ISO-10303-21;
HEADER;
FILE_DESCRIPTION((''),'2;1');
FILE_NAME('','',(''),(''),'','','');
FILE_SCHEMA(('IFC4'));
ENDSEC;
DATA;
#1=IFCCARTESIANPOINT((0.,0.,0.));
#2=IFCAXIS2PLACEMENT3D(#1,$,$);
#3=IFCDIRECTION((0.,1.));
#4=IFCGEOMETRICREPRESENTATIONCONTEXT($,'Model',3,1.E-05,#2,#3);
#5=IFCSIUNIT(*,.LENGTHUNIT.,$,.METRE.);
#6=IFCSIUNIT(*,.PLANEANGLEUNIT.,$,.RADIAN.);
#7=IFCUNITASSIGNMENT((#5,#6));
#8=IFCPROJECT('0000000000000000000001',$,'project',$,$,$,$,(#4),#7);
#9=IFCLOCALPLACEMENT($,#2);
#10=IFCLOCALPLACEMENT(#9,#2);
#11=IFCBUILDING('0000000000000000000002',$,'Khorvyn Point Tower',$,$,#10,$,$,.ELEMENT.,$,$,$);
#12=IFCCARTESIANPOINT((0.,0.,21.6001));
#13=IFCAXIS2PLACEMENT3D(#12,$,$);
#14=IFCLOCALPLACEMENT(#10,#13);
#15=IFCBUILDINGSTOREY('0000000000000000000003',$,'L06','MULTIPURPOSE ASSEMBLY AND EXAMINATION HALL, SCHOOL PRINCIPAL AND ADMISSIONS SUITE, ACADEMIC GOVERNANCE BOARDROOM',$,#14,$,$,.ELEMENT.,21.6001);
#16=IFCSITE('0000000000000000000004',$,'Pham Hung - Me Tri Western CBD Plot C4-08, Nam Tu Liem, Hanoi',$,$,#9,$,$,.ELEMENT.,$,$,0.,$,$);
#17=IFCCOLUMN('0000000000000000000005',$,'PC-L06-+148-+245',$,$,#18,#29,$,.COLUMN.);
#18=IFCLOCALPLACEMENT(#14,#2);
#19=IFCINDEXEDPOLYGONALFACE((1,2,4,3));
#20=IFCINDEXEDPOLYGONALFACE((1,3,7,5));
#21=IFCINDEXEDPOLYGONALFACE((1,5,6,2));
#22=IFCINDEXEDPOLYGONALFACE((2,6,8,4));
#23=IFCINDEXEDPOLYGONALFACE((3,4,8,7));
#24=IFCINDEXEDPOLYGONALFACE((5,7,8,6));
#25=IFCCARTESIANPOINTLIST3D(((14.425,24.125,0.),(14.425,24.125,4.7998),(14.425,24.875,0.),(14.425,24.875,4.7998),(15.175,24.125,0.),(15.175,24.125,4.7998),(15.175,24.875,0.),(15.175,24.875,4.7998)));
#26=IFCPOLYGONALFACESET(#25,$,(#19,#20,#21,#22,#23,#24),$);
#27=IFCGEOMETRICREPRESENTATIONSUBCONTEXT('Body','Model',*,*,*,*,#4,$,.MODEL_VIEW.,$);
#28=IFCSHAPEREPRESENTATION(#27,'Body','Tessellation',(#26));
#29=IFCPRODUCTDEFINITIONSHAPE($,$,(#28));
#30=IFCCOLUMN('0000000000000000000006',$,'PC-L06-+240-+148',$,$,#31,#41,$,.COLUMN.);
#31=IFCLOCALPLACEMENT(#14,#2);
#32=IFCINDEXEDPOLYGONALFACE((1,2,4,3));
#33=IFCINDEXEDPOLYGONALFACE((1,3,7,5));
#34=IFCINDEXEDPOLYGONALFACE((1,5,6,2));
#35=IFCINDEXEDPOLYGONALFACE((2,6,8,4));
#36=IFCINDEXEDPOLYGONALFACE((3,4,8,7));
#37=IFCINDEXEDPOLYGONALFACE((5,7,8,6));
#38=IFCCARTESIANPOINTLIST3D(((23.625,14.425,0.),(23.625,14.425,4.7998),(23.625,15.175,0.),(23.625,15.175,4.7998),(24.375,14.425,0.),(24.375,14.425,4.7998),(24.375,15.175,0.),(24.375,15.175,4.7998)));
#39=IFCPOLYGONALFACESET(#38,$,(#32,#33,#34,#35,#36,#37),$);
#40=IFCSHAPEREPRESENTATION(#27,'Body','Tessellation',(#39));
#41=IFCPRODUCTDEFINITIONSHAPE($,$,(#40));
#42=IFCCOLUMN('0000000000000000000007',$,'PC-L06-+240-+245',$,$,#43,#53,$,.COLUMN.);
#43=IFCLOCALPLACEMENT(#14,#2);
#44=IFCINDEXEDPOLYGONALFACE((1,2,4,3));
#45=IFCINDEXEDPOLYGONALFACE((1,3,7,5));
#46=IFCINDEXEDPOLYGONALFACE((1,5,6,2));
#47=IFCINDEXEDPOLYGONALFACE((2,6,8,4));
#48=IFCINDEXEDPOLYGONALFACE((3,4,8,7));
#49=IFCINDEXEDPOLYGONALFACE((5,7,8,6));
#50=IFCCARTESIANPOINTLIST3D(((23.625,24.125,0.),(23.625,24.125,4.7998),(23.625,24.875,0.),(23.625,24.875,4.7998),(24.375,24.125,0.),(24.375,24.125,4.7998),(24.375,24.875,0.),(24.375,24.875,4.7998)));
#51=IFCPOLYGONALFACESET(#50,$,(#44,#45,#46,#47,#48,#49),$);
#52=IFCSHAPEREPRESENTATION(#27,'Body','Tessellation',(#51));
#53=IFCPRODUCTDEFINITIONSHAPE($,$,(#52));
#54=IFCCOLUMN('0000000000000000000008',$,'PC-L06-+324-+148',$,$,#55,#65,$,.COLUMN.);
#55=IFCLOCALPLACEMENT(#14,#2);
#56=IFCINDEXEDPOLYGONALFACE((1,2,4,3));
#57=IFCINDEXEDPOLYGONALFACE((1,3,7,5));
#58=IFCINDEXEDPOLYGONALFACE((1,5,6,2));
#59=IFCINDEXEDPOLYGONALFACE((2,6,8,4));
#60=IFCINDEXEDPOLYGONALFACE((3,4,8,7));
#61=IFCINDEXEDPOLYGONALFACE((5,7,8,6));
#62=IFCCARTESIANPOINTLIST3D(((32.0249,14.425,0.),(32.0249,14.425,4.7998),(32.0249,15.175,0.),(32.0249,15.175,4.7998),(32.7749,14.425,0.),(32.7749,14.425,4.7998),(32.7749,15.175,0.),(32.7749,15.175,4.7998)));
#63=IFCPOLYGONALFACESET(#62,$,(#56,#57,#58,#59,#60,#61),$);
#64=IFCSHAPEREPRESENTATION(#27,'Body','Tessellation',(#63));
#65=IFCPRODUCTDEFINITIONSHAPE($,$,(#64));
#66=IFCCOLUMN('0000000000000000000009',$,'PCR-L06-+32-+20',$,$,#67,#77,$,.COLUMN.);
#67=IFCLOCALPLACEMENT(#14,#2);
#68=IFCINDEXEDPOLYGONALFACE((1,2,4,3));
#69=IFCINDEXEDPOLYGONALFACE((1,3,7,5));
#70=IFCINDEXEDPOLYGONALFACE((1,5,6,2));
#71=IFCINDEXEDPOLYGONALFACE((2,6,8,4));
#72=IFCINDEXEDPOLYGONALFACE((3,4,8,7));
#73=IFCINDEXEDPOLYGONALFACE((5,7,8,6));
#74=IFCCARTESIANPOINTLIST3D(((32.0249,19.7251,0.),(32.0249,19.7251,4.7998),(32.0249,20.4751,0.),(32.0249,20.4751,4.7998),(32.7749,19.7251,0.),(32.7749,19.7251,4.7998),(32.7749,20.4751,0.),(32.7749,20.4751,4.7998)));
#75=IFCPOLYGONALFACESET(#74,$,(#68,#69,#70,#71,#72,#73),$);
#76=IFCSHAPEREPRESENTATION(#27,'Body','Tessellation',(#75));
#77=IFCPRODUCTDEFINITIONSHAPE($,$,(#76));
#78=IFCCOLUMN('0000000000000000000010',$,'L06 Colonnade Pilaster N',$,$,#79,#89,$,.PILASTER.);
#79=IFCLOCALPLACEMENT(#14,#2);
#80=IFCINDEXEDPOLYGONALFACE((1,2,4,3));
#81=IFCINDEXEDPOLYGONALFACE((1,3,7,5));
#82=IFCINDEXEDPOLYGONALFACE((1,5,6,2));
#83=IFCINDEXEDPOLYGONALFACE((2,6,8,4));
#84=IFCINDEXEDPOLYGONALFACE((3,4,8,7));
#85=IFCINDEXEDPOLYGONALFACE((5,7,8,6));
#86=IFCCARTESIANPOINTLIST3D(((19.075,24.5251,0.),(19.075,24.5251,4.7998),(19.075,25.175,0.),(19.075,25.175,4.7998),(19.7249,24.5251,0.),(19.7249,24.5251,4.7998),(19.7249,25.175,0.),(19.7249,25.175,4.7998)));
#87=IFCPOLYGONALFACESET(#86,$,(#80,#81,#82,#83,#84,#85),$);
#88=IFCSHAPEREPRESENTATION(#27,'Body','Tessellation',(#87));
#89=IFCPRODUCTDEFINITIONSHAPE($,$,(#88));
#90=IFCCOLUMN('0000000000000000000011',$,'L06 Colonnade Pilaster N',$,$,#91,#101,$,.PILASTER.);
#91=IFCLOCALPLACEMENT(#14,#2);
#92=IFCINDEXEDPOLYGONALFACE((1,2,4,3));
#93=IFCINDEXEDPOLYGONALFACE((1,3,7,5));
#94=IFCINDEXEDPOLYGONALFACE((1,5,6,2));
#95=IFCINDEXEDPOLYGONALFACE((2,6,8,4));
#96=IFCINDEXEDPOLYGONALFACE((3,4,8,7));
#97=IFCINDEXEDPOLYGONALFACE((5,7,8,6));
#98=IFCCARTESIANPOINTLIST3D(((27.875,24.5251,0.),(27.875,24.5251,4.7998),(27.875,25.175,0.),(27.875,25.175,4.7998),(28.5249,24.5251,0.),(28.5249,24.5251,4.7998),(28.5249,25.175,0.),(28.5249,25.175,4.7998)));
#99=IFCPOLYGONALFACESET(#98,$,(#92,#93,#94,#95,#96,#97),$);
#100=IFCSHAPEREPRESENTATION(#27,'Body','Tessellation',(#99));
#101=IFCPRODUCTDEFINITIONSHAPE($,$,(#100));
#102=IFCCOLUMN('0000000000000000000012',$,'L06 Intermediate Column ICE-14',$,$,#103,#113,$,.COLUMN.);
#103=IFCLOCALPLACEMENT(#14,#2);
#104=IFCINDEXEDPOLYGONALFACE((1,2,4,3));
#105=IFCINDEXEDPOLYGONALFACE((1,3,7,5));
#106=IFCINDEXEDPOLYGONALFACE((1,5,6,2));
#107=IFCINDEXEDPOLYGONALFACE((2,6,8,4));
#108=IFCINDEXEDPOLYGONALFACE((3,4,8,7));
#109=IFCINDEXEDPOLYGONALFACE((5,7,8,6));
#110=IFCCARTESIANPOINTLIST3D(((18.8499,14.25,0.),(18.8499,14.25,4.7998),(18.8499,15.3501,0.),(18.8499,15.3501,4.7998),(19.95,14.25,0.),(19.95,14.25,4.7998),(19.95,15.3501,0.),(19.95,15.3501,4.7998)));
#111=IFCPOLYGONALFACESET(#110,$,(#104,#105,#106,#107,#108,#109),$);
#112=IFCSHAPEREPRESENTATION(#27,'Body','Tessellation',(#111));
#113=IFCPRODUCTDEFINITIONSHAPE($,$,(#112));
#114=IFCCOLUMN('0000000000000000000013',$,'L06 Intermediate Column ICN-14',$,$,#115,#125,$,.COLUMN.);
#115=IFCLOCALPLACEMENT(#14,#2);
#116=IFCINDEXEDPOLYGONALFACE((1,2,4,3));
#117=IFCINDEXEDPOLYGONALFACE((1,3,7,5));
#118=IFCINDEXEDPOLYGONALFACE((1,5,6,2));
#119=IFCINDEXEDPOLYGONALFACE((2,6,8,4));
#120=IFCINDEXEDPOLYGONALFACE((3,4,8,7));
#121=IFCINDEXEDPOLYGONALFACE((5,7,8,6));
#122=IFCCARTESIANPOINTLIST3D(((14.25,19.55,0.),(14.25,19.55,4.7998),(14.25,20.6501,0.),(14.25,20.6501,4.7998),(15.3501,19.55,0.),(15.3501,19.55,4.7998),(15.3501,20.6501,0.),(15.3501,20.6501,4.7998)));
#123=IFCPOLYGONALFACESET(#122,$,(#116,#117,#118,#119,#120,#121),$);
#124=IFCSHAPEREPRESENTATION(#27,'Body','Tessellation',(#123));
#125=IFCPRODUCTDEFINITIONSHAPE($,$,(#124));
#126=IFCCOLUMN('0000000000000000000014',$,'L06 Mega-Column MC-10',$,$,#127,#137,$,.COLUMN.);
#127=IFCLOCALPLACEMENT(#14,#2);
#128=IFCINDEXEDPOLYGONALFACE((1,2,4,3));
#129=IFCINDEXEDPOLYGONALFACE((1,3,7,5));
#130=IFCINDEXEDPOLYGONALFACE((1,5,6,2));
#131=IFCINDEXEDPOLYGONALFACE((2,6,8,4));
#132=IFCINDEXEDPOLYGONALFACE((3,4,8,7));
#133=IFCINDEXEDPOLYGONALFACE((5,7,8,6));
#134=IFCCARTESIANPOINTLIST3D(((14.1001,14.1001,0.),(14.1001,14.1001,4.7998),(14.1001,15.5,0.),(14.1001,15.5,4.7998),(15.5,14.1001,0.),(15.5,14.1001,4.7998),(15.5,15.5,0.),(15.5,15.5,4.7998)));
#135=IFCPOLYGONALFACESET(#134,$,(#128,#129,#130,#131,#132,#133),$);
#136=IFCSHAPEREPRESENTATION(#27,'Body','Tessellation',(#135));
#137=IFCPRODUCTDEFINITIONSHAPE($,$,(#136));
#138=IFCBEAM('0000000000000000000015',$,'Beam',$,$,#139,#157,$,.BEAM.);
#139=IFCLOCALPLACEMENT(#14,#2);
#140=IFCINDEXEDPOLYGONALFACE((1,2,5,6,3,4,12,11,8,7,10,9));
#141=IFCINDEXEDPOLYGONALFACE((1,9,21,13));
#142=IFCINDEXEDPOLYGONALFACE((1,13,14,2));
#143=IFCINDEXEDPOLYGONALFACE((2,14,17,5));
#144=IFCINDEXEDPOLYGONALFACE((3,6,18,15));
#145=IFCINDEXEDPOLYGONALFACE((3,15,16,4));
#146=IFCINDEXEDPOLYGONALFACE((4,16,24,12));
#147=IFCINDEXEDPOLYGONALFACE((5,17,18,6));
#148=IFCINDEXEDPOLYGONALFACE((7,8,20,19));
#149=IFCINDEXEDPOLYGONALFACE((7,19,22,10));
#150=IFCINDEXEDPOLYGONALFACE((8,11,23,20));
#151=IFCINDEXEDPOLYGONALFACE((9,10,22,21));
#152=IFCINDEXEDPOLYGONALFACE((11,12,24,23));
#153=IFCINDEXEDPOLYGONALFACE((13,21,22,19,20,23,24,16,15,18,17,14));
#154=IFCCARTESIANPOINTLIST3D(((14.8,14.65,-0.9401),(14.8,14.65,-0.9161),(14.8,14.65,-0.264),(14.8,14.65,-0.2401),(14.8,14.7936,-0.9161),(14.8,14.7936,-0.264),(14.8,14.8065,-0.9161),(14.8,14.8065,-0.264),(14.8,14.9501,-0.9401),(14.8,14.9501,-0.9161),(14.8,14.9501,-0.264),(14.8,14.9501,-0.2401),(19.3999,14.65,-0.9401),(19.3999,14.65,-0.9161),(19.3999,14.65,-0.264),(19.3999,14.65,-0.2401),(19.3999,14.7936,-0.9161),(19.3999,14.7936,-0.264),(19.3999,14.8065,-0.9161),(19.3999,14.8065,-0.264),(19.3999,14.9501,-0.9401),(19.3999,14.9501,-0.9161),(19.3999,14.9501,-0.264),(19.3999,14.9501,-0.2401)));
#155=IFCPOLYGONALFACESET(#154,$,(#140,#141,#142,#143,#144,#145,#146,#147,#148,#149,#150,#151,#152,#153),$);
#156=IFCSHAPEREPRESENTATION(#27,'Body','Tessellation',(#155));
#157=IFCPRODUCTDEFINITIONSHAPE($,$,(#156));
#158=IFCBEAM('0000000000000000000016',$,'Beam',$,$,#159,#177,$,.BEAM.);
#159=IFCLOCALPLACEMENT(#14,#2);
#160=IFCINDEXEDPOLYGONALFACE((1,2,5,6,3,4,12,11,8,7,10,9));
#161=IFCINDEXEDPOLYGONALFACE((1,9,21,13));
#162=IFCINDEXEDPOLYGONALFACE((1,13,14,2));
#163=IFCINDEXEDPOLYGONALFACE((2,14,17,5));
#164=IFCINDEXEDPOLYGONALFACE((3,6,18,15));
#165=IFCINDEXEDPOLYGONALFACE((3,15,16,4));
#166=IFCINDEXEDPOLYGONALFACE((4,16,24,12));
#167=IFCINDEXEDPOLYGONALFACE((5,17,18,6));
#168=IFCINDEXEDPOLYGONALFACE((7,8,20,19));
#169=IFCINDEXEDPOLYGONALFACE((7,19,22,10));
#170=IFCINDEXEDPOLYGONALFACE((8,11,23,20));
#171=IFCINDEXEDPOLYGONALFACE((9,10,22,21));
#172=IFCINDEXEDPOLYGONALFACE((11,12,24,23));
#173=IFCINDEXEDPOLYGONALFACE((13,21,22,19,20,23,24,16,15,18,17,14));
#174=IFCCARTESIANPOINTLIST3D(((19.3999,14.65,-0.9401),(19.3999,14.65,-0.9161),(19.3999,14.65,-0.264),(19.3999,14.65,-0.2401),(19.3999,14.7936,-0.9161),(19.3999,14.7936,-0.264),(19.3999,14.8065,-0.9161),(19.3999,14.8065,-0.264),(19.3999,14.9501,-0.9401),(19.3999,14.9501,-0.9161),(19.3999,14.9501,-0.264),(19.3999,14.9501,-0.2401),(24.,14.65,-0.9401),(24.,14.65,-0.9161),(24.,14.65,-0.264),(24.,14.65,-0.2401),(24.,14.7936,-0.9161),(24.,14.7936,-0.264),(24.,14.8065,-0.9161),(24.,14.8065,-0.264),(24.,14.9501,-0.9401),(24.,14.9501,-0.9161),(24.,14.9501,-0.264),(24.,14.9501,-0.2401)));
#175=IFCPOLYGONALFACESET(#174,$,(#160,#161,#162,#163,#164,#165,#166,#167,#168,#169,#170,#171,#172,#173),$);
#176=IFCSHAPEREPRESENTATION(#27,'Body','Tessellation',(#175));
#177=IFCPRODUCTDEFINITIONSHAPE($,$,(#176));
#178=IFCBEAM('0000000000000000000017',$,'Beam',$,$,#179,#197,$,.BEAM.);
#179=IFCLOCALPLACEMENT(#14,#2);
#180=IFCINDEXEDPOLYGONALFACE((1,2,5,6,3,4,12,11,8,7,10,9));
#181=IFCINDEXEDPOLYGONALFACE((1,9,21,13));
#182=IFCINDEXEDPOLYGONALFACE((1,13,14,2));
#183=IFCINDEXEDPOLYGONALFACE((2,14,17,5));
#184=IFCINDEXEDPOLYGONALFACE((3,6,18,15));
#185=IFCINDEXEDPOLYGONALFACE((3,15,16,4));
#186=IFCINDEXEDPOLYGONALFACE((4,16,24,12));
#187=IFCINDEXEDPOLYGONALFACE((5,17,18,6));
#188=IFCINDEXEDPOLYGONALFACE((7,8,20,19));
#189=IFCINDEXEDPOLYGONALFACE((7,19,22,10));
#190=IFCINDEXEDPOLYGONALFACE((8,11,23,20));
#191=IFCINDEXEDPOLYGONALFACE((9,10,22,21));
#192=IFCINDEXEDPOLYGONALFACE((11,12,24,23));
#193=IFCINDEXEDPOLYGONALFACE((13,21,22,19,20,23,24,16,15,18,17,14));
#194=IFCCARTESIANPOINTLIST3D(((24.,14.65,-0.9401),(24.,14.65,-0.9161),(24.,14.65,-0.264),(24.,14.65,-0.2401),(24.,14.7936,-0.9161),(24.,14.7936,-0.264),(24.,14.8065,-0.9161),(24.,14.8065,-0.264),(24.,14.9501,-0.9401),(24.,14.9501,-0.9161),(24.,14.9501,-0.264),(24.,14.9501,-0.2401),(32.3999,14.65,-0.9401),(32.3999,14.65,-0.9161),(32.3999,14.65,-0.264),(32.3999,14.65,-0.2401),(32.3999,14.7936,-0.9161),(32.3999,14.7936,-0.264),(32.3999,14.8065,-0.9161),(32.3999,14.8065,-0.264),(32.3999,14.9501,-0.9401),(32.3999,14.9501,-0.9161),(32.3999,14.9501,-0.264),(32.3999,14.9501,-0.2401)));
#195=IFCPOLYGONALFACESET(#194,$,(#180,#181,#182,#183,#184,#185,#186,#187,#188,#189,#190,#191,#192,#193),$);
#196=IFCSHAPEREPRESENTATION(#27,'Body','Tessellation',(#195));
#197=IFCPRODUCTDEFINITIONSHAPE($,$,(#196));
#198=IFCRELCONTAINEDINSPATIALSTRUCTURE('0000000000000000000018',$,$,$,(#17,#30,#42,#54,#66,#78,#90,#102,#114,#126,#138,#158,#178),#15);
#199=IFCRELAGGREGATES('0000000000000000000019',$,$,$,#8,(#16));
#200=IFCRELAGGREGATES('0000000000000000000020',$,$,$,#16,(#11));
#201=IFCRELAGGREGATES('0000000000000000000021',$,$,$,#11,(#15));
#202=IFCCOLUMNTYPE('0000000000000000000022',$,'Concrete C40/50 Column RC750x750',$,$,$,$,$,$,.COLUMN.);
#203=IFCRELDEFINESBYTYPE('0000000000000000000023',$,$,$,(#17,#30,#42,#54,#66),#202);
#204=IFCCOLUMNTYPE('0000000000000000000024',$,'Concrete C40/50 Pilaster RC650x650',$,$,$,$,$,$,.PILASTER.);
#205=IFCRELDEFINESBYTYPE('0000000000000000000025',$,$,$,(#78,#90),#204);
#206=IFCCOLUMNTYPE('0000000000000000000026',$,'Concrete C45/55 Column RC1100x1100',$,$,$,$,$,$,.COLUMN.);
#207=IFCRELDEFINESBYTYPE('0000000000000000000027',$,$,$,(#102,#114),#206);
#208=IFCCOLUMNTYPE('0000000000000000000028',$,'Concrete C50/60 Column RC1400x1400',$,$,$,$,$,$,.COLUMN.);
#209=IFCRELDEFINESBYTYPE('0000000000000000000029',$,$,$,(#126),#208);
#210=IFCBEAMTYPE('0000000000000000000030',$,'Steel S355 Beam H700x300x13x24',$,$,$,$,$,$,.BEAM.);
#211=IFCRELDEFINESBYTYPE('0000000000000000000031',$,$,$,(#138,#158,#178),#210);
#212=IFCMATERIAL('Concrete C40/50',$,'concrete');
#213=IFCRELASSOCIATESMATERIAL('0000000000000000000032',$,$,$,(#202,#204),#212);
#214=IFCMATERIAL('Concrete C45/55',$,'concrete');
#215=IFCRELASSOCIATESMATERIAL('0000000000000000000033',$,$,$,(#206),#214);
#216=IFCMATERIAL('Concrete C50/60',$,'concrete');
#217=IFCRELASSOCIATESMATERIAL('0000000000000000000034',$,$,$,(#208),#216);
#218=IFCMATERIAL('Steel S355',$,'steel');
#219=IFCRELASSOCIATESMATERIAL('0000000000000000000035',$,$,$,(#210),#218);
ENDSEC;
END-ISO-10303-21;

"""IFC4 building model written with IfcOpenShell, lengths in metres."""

from ifc_helpers import new_model, si_unit, direction, frame, origin, origin_2d, place, context, subcontext, project, spatial, rectangle, i_section, extrude, material, material_profile, profile_set, type_object, element, save


model = new_model("IFC4")

# Units and contexts
model_context = context("Model", 3, precision=1e-05, world=origin(), true_north=direction((0.0, 1.0)))
body_context = subcontext(model_context, "Body", "Model", "MODEL_VIEW")
ifc_project = project(units=[si_unit("LENGTHUNIT", "METRE"), si_unit("PLANEANGLEUNIT", "RADIAN")], contexts=[model_context])

# Site, building, storey
site_placement = place(None, origin())
site = spatial("IfcSite", under=ifc_project, at=site_placement, Name="Pham Hung - Me Tri Western CBD Plot C4-08, Nam Tu Liem, Hanoi", CompositionType="ELEMENT", RefElevation=0.0)
building_placement = place(site_placement, origin())
building = spatial("IfcBuilding", under=site, at=building_placement, Name="Khorvyn Point Tower", CompositionType="ELEMENT")
storey_placement = place(building_placement, frame((0.0, 0.0, 21.6001)))
storey = spatial("IfcBuildingStorey", under=building, at=storey_placement, Name="L06", Description="MULTIPURPOSE ASSEMBLY AND EXAMINATION HALL, SCHOOL PRINCIPAL AND ADMISSIONS SUITE, ACADEMIC GOVERNANCE BOARDROOM", CompositionType="ELEMENT", Elevation=21.6001)

# Columns
ifc_material_1 = material(Name="Concrete C40/50", Category="concrete")
ifc_material_profile_1 = material_profile(ifc_material_1, rectangle(XDim=0.75, YDim=0.75, at=origin_2d()))
ifc_profile_set_1 = profile_set([ifc_material_profile_1], Name="Concrete C40/50 RC750x750")
column_type_1 = type_object("IfcColumnType", Name="Concrete C40/50 Column RC750x750", PredefinedType="COLUMN", material=ifc_profile_set_1)
for number, where, z_axis, x_axis, name in (
    (1, (14.8, 24.5, 0.0), (0.0, 0.0, 1.0), (1.0, 0.0, 0.0), "PC-L06-+148-+245"),
    (2, (24.0, 14.8, 0.0), (0.0, 0.0, 1.0), (1.0, 0.0, 0.0), "PC-L06-+240-+148"),
    (3, (24.0, 24.5, 0.0), (0.0, 0.0, 1.0), (1.0, 0.0, 0.0), "PC-L06-+240-+245"),
    (4, (32.3999, 14.8, 0.0), (0.0, 0.0, 1.0), (1.0, 0.0, 0.0), "PC-L06-+324-+148"),
    (5, (32.3999, 20.1001, 0.0), (0.0, 0.0, 1.0), (1.0, 0.0, 0.0), "PCR-L06-+32-+20"),
):
    element("IfcColumn", number, at=place(storey_placement, frame(where, z_axis=z_axis, x_axis=x_axis)), inside=storey, type_object=column_type_1, Name=name, PredefinedType="COLUMN", context=body_context, shape_type="SweptSolid", body=[
        extrude(rectangle(XDim=0.75, YDim=0.75, at=origin_2d()), origin(), (0.0, 0.0, 1.0), 4.7998),
    ])
ifc_material_profile_2 = material_profile(ifc_material_1, rectangle(XDim=0.6499, YDim=0.6499, at=origin_2d()))
ifc_profile_set_2 = profile_set([ifc_material_profile_2], Name="Concrete C40/50 RC650x650")
column_type_2 = type_object("IfcColumnType", Name="Concrete C40/50 Pilaster RC650x650", PredefinedType="PILASTER", material=ifc_profile_set_2)
for number, where, z_axis, x_axis, name in (
    (6, (19.3999, 24.8501, 0.0), (0.0, 0.0, 1.0), (1.0, 0.0, 0.0), "L06 Colonnade Pilaster N"),
    (7, (28.2, 24.8501, 0.0), (0.0, 0.0, 1.0), (1.0, 0.0, 0.0), "L06 Colonnade Pilaster N"),
):
    element("IfcColumn", number, at=place(storey_placement, frame(where, z_axis=z_axis, x_axis=x_axis)), inside=storey, type_object=column_type_2, Name=name, PredefinedType="PILASTER", context=body_context, shape_type="SweptSolid", body=[
        extrude(rectangle(XDim=0.6499, YDim=0.6499, at=origin_2d()), origin(), (0.0, 0.0, 1.0), 4.7998),
    ])
ifc_material_2 = material(Name="Concrete C45/55", Category="concrete")
ifc_material_profile_3 = material_profile(ifc_material_2, rectangle(XDim=1.1001, YDim=1.1001, at=origin_2d()))
ifc_profile_set_3 = profile_set([ifc_material_profile_3], Name="Concrete C45/55 RC1100x1100")
column_type_3 = type_object("IfcColumnType", Name="Concrete C45/55 Column RC1100x1100", PredefinedType="COLUMN", material=ifc_profile_set_3)
for number, where, z_axis, x_axis, name in (
    (8, (19.3999, 14.8, 0.0), (0.0, 0.0, 1.0), (1.0, 0.0, 0.0), "L06 Intermediate Column ICE-14"),
    (9, (14.8, 20.1001, 0.0), (0.0, 0.0, 1.0), (1.0, 0.0, 0.0), "L06 Intermediate Column ICN-14"),
):
    element("IfcColumn", number, at=place(storey_placement, frame(where, z_axis=z_axis, x_axis=x_axis)), inside=storey, type_object=column_type_3, Name=name, PredefinedType="COLUMN", context=body_context, shape_type="SweptSolid", body=[
        extrude(rectangle(XDim=1.1001, YDim=1.1001, at=origin_2d()), origin(), (0.0, 0.0, 1.0), 4.7998),
    ])
ifc_material_3 = material(Name="Concrete C50/60", Category="concrete")
ifc_material_profile_4 = material_profile(ifc_material_3, rectangle(XDim=1.3999, YDim=1.3999, at=origin_2d()))
ifc_profile_set_4 = profile_set([ifc_material_profile_4], Name="Concrete C50/60 RC1400x1400")
column_type_4 = type_object("IfcColumnType", Name="Concrete C50/60 Column RC1400x1400", PredefinedType="COLUMN", material=ifc_profile_set_4)
column_placement = place(storey_placement, frame((14.8, 14.8, 0.0), z_axis=(0.0, 0.0, 1.0), x_axis=(1.0, 0.0, 0.0)))
element("IfcColumn", 10, at=column_placement, inside=storey, type_object=column_type_4, Name="L06 Mega-Column MC-10", PredefinedType="COLUMN", context=body_context, shape_type="SweptSolid", body=[
    extrude(rectangle(XDim=1.3999, YDim=1.3999, at=origin_2d()), origin(), (0.0, 0.0, 1.0), 4.7998),
])

# Beams
ifc_material_4 = material(Name="Steel S355", Category="steel")
ifc_material_profile_5 = material_profile(ifc_material_4, i_section(OverallWidth=0.3, OverallDepth=0.7, WebThickness=0.0129, FlangeThickness=0.0239, at=origin_2d()))
ifc_profile_set_5 = profile_set([ifc_material_profile_5], Name="Steel S355 H700x300x13x24")
beam_type_1 = type_object("IfcBeamType", Name="Steel S355 Beam H700x300x13x24", PredefinedType="BEAM", material=ifc_profile_set_5)
beam_1_placement = place(storey_placement, frame((14.8, 14.8, -0.5901), z_axis=(1.0, 0.0, 0.0), x_axis=(0.0, 1.0, 0.0)))
element("IfcBeam", 11, at=beam_1_placement, inside=storey, type_object=beam_type_1, Name="Beam", PredefinedType="BEAM", context=body_context, shape_type="SweptSolid", body=[
    extrude(i_section(OverallWidth=0.3, OverallDepth=0.7, WebThickness=0.0129, FlangeThickness=0.0239, at=origin_2d()), origin(), (0.0, 0.0, 1.0), 4.5999),
])
beam_2_placement = place(storey_placement, frame((19.3999, 14.8, -0.5901), z_axis=(1.0, 0.0, 0.0), x_axis=(0.0, 1.0, 0.0)))
element("IfcBeam", 12, at=beam_2_placement, inside=storey, type_object=beam_type_1, Name="Beam", PredefinedType="BEAM", context=body_context, shape_type="SweptSolid", body=[
    extrude(i_section(OverallWidth=0.3, OverallDepth=0.7, WebThickness=0.0129, FlangeThickness=0.0239, at=origin_2d()), origin(), (0.0, 0.0, 1.0), 4.6001),
])
beam_3_placement = place(storey_placement, frame((24.0, 14.8, -0.5901), z_axis=(1.0, 0.0, 0.0), x_axis=(0.0, 1.0, 0.0)))
element("IfcBeam", 13, at=beam_3_placement, inside=storey, type_object=beam_type_1, Name="Beam", PredefinedType="BEAM", context=body_context, shape_type="SweptSolid", body=[
    extrude(i_section(OverallWidth=0.3, OverallDepth=0.7, WebThickness=0.0129, FlangeThickness=0.0239, at=origin_2d()), origin(), (0.0, 0.0, 1.0), 8.3999),
])

save(model, "model.ifc")
